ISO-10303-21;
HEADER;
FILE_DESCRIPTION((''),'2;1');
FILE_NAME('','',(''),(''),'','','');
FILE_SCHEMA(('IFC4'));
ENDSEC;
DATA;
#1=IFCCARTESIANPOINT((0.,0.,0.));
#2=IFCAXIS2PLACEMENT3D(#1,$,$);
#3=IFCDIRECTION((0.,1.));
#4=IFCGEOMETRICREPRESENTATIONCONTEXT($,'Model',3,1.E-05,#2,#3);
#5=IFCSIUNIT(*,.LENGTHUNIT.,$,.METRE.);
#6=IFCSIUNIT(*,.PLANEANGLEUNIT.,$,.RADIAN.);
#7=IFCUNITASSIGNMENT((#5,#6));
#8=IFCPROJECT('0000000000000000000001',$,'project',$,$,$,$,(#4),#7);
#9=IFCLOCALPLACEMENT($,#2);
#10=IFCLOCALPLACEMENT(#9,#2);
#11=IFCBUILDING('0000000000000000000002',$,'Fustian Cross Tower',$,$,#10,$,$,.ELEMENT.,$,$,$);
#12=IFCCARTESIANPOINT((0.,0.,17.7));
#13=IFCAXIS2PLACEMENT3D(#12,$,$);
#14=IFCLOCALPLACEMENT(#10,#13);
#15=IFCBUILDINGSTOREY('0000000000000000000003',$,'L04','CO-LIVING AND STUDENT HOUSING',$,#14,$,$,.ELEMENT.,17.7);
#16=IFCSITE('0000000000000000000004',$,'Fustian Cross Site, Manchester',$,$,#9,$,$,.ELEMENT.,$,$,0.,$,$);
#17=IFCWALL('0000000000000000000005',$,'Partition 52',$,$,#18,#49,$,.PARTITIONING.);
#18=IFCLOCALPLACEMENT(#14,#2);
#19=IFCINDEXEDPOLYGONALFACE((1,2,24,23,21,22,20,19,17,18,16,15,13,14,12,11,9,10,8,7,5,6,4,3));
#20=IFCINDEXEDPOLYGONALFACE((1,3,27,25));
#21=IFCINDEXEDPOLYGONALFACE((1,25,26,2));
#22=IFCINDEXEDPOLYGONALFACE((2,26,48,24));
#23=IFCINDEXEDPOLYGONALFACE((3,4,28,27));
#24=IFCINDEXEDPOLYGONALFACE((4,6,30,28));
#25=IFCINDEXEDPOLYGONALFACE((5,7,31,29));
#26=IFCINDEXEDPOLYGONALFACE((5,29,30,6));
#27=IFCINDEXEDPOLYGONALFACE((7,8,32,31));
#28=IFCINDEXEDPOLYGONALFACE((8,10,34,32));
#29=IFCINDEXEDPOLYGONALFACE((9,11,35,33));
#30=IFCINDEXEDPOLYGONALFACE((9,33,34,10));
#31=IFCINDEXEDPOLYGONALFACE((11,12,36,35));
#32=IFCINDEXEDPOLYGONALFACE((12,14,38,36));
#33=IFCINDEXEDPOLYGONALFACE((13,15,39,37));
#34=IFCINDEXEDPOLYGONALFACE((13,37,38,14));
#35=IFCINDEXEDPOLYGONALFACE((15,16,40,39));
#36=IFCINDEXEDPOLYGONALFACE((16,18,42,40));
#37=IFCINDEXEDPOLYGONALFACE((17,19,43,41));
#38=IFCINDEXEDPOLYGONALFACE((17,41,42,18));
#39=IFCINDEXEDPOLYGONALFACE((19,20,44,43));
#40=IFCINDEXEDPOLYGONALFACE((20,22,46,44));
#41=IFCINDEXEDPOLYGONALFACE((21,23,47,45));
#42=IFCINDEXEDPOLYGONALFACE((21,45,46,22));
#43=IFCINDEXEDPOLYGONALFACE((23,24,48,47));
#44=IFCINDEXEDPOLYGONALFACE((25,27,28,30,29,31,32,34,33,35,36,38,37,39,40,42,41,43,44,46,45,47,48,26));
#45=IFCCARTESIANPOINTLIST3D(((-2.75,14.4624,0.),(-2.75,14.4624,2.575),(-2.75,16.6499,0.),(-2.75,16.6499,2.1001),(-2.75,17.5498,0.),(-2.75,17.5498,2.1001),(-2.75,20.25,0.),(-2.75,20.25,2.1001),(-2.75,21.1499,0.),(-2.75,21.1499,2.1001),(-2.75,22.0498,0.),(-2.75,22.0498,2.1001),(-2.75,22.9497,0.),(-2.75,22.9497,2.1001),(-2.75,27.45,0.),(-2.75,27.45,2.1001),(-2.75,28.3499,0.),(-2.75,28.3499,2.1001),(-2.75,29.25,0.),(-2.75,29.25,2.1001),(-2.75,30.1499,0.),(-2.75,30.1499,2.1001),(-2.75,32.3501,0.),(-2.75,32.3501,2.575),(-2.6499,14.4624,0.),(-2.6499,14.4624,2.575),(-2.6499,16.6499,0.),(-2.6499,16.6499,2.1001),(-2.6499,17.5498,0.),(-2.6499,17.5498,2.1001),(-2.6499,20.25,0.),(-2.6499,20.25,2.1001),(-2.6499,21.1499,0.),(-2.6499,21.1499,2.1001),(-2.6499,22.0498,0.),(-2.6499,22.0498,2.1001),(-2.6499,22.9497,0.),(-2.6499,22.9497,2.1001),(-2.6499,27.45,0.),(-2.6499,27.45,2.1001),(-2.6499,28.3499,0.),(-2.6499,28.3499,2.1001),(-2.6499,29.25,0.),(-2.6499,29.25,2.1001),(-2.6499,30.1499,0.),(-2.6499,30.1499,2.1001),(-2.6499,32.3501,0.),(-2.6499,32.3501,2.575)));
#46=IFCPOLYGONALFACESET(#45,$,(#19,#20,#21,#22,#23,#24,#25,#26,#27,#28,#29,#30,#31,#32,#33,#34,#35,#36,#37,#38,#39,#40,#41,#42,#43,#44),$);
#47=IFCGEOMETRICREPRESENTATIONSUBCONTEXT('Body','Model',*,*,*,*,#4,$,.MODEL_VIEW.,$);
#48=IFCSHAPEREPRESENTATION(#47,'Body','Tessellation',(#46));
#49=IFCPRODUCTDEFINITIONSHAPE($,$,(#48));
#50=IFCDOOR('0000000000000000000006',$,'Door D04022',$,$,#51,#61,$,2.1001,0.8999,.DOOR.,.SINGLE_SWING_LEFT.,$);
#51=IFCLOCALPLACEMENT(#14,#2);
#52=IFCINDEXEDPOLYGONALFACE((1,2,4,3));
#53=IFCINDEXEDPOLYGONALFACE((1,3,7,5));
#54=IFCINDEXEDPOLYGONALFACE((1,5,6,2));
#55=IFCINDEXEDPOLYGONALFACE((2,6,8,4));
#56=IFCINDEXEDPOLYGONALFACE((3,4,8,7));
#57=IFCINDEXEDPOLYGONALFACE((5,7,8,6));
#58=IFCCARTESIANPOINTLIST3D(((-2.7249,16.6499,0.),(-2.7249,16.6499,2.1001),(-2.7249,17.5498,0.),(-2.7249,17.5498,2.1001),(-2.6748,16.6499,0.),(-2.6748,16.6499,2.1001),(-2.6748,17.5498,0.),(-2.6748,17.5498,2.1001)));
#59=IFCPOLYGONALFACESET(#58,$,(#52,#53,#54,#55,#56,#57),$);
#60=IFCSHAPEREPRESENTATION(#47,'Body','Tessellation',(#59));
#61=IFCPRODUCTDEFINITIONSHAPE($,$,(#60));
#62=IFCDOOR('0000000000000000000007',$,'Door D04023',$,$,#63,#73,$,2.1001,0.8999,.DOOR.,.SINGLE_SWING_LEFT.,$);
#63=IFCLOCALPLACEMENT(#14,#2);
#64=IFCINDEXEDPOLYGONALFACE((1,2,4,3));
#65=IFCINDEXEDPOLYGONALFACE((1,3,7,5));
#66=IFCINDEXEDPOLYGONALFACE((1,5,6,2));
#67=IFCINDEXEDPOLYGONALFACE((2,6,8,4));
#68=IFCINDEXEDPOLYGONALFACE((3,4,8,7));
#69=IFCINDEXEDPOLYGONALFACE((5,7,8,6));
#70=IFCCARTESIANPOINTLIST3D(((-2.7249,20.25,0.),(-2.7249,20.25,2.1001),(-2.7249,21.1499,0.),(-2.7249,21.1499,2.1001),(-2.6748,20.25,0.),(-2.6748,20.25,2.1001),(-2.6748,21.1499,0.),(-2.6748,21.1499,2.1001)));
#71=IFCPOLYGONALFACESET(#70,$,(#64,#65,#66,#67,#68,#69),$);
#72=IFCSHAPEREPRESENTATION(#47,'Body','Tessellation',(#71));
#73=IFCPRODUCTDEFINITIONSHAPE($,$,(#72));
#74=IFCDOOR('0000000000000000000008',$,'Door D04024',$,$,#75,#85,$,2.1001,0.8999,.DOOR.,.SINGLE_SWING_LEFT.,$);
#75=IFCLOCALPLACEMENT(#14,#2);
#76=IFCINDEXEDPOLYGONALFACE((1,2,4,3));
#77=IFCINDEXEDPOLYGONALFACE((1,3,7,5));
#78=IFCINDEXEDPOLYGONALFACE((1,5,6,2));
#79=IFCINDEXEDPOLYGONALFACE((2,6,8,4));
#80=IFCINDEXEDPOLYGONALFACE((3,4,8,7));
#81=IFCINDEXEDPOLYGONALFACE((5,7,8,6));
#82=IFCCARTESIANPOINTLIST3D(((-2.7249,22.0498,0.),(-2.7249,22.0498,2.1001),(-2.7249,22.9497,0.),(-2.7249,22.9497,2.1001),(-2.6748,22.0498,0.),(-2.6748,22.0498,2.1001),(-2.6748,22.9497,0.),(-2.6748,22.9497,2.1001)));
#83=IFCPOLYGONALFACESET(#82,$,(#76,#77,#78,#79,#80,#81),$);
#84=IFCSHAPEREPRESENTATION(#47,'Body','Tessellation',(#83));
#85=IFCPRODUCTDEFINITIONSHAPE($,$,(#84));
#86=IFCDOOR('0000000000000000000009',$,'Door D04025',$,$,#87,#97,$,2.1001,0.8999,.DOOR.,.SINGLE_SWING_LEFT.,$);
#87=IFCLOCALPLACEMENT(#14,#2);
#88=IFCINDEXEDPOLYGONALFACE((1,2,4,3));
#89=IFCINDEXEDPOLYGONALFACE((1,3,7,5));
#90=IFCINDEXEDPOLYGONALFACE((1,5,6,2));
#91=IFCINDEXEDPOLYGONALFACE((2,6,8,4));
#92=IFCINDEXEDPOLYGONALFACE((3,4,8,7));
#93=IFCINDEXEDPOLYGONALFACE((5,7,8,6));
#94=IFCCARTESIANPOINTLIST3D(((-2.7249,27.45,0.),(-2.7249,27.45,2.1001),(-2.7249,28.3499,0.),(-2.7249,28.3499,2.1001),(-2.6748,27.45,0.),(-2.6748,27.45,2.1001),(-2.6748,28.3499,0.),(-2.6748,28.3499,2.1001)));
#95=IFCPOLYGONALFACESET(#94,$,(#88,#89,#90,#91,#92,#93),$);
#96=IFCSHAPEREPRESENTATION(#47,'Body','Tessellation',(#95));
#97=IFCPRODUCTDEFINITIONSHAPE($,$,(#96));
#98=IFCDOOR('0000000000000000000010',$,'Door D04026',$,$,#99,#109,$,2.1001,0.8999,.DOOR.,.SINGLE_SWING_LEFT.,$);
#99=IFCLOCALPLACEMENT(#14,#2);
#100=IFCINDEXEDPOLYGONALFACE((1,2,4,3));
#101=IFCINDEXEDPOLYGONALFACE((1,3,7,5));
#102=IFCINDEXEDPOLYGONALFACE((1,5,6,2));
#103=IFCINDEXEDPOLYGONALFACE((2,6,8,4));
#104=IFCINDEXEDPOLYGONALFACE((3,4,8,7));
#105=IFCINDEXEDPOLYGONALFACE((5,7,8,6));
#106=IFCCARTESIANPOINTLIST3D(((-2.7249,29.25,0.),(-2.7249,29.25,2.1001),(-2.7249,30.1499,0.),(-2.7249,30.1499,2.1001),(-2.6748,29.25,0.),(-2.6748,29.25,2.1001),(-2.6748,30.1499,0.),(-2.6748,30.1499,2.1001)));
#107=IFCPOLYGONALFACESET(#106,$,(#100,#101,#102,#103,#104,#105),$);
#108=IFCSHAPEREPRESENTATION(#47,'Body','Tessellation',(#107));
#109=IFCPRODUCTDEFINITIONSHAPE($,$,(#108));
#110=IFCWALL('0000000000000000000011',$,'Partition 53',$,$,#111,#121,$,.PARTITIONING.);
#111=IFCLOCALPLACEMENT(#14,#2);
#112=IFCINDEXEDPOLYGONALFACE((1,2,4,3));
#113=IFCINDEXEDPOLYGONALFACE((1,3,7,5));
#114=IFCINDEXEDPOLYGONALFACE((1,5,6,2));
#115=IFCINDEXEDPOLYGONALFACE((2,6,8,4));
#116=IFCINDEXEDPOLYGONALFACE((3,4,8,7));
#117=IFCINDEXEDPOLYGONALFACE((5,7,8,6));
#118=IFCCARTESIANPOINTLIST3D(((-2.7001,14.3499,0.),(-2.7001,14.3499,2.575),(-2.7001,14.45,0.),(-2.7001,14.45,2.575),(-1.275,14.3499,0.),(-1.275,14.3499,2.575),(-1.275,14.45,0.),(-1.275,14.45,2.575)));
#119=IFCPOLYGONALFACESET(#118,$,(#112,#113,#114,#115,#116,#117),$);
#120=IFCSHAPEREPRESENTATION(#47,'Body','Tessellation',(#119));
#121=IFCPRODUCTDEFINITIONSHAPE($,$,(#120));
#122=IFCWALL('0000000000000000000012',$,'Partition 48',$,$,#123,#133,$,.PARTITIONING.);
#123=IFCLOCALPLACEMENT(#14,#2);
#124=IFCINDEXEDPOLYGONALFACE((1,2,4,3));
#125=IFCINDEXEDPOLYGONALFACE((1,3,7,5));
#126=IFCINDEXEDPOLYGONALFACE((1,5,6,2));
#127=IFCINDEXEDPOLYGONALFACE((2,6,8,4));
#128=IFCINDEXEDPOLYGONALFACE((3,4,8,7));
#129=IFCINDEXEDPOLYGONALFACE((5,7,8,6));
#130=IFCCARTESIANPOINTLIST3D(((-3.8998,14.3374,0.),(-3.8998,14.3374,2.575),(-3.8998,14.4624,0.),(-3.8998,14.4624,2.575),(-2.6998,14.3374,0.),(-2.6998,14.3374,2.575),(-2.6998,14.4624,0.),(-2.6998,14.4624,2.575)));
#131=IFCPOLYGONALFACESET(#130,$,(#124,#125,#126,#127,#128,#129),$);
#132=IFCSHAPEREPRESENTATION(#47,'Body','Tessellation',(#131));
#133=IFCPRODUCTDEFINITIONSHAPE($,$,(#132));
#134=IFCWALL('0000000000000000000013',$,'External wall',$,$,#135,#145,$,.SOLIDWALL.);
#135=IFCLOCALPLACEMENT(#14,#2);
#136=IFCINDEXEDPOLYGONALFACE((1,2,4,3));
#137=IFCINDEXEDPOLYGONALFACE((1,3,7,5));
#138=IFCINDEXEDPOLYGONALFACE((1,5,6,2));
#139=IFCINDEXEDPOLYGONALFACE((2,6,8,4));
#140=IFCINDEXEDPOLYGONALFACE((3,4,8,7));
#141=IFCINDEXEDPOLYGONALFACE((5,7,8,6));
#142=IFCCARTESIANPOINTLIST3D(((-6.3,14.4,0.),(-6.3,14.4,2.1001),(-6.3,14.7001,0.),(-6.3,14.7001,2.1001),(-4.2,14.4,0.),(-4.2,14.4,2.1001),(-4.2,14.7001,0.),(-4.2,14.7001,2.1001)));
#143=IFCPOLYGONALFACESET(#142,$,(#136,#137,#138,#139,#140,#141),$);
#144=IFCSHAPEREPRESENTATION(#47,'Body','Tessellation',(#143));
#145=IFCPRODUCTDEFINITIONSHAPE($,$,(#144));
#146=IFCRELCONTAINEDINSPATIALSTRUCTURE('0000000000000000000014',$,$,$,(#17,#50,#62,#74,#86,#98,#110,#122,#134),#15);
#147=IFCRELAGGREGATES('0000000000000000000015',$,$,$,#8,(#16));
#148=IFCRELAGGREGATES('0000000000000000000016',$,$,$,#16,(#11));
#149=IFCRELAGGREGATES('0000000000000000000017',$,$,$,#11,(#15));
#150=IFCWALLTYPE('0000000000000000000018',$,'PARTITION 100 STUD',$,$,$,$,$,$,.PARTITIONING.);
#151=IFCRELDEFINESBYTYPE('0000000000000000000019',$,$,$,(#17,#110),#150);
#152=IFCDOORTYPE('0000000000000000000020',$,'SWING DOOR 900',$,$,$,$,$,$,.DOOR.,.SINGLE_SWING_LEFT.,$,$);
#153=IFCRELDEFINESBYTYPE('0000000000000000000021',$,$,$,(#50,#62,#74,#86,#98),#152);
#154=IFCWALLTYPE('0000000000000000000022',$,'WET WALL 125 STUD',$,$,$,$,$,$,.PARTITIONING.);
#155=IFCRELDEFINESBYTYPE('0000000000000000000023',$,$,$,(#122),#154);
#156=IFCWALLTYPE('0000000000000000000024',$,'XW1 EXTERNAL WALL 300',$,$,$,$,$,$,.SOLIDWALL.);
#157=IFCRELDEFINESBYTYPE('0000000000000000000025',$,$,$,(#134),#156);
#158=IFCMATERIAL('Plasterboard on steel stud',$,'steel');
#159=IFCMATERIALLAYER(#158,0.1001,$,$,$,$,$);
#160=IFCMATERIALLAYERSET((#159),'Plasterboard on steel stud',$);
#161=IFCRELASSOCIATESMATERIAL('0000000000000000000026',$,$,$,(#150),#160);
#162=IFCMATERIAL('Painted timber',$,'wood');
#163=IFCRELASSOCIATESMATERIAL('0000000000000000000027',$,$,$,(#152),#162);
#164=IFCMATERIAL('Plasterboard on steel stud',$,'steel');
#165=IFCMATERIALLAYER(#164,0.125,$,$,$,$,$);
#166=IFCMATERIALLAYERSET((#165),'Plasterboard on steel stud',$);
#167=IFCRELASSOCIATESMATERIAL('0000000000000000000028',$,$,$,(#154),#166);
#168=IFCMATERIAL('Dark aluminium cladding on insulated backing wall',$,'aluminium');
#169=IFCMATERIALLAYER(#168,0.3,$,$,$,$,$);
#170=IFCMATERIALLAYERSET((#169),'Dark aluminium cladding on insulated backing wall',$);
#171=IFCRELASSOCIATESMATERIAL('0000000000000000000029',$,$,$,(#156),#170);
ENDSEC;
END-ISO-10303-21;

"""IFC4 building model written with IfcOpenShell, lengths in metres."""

from ifc_helpers import new_model, si_unit, direction, frame, frame_2d, origin, place, context, subcontext, project, spatial, rectangle, extrude, material, layer, layer_set, type_object, element, fill, save


model = new_model("IFC4")

# Units and contexts
model_context = context("Model", 3, precision=1e-05, world=origin(), true_north=direction((0.0, 1.0)))
body_context = subcontext(model_context, "Body", "Model", "MODEL_VIEW")
ifc_project = project(units=[si_unit("LENGTHUNIT", "METRE"), si_unit("PLANEANGLEUNIT", "RADIAN")], contexts=[model_context])

# Site, building, storey
site_placement = place(None, origin())
site = spatial("IfcSite", under=ifc_project, at=site_placement, Name="Fustian Cross Site, Manchester", CompositionType="ELEMENT", RefElevation=0.0)
building_placement = place(site_placement, origin())
building = spatial("IfcBuilding", under=site, at=building_placement, Name="Fustian Cross Tower", CompositionType="ELEMENT")
storey_placement = place(building_placement, frame((0.0, 0.0, 17.7)))
storey = spatial("IfcBuildingStorey", under=building, at=storey_placement, Name="L04", Description="CO-LIVING AND STUDENT HOUSING", CompositionType="ELEMENT", Elevation=17.7)

# Shared definitions
ifc_material_1 = material(Name="Plasterboard on steel stud", Category="steel")
ifc_layer_1 = layer(ifc_material_1, 0.1001)
ifc_layer_set_1 = layer_set([ifc_layer_1], Name="Plasterboard on steel stud")
wall_type_1 = type_object("IfcWallType", Name="PARTITION 100 STUD", PredefinedType="PARTITIONING", material=ifc_layer_set_1)

# Wall, openings, doors
wall_1_placement = place(storey_placement, frame((-2.7, 14.4624, 0.0), z_axis=(0.0, 0.0, 1.0), x_axis=(0.0, 1.0, 0.0)))
wall_1 = element("IfcWall", 1, at=wall_1_placement, inside=storey, type_object=wall_type_1, Name="Partition 52", PredefinedType="PARTITIONING", context=body_context, shape_type="SweptSolid", body=[
    extrude(rectangle(XDim=17.8877, YDim=0.1001, at=frame_2d((8.9438, 0.0))), origin(), (0.0, 0.0, 1.0), 2.575),
])
opening_1_placement = place(wall_1_placement, frame((2.1875, 0.0, 0.0)))
opening_1 = element("IfcOpeningElement", 2, at=opening_1_placement, cuts=wall_1, PredefinedType="OPENING", context=body_context, shape_type="SweptSolid", body=[
    extrude(rectangle(XDim=0.8999, YDim=2.1001, at=frame_2d((0.45, 1.05))), frame((0.0, 0.0601, 0.0), z_axis=(0.0, -1.0, 0.0), x_axis=(1.0, 0.0, 0.0)), (0.0, 0.0, 1.0), 0.1201),
])
opening_2_placement = place(wall_1_placement, frame((5.7876, 0.0, 0.0)))
opening_2 = element("IfcOpeningElement", 3, at=opening_2_placement, cuts=wall_1, PredefinedType="OPENING", context=body_context, shape_type="SweptSolid", body=[
    extrude(rectangle(XDim=0.8999, YDim=2.1001, at=frame_2d((0.45, 1.05))), frame((0.0, 0.0601, 0.0), z_axis=(0.0, -1.0, 0.0), x_axis=(1.0, 0.0, 0.0)), (0.0, 0.0, 1.0), 0.1201),
])
opening_3_placement = place(wall_1_placement, frame((7.5874, 0.0, 0.0)))
opening_3 = element("IfcOpeningElement", 4, at=opening_3_placement, cuts=wall_1, PredefinedType="OPENING", context=body_context, shape_type="SweptSolid", body=[
    extrude(rectangle(XDim=0.8999, YDim=2.1001, at=frame_2d((0.45, 1.05))), frame((0.0, 0.0601, 0.0), z_axis=(0.0, -1.0, 0.0), x_axis=(1.0, 0.0, 0.0)), (0.0, 0.0, 1.0), 0.1201),
])
opening_4_placement = place(wall_1_placement, frame((12.9875, 0.0, 0.0)))
opening_4 = element("IfcOpeningElement", 5, at=opening_4_placement, cuts=wall_1, PredefinedType="OPENING", context=body_context, shape_type="SweptSolid", body=[
    extrude(rectangle(XDim=0.8999, YDim=2.1001, at=frame_2d((0.45, 1.05))), frame((0.0, 0.0601, 0.0), z_axis=(0.0, -1.0, 0.0), x_axis=(1.0, 0.0, 0.0)), (0.0, 0.0, 1.0), 0.1201),
])
opening_5_placement = place(wall_1_placement, frame((14.7876, 0.0, 0.0)))
opening_5 = element("IfcOpeningElement", 6, at=opening_5_placement, cuts=wall_1, PredefinedType="OPENING", context=body_context, shape_type="SweptSolid", body=[
    extrude(rectangle(XDim=0.8999, YDim=2.1001, at=frame_2d((0.45, 1.05))), frame((0.0, 0.0601, 0.0), z_axis=(0.0, -1.0, 0.0), x_axis=(1.0, 0.0, 0.0)), (0.0, 0.0, 1.0), 0.1201),
])
ifc_material_2 = material(Name="Painted timber", Category="wood")
door_type_1 = type_object("IfcDoorType", Name="SWING DOOR 900", OperationType="SINGLE_SWING_LEFT", PredefinedType="DOOR", material=ifc_material_2)
door_1_placement = place(opening_1_placement, origin())
door_1 = element("IfcDoor", 7, at=door_1_placement, inside=storey, type_object=door_type_1, Name="Door D04022", OperationType="SINGLE_SWING_LEFT", OverallHeight=2.1001, OverallWidth=0.8999, PredefinedType="DOOR", context=body_context, shape_type="SweptSolid", body=[
    extrude(rectangle(XDim=0.8999, YDim=2.1001, at=frame_2d((0.45, 1.05))), frame((0.0, 0.0249, 0.0), z_axis=(0.0, -1.0, 0.0), x_axis=(1.0, 0.0, 0.0)), (0.0, 0.0, 1.0), 0.05),
])
fill(opening_1, door_1)
door_2_placement = place(opening_2_placement, origin())
door_2 = element("IfcDoor", 8, at=door_2_placement, inside=storey, type_object=door_type_1, Name="Door D04023", OperationType="SINGLE_SWING_LEFT", OverallHeight=2.1001, OverallWidth=0.8999, PredefinedType="DOOR", context=body_context, shape_type="SweptSolid", body=[
    extrude(rectangle(XDim=0.8999, YDim=2.1001, at=frame_2d((0.45, 1.05))), frame((0.0, 0.0249, 0.0), z_axis=(0.0, -1.0, 0.0), x_axis=(1.0, 0.0, 0.0)), (0.0, 0.0, 1.0), 0.05),
])
fill(opening_2, door_2)
door_3_placement = place(opening_3_placement, origin())
door_3 = element("IfcDoor", 9, at=door_3_placement, inside=storey, type_object=door_type_1, Name="Door D04024", OperationType="SINGLE_SWING_LEFT", OverallHeight=2.1001, OverallWidth=0.8999, PredefinedType="DOOR", context=body_context, shape_type="SweptSolid", body=[
    extrude(rectangle(XDim=0.8999, YDim=2.1001, at=frame_2d((0.45, 1.05))), frame((0.0, 0.0249, 0.0), z_axis=(0.0, -1.0, 0.0), x_axis=(1.0, 0.0, 0.0)), (0.0, 0.0, 1.0), 0.05),
])
fill(opening_3, door_3)
door_4_placement = place(opening_4_placement, origin())
door_4 = element("IfcDoor", 10, at=door_4_placement, inside=storey, type_object=door_type_1, Name="Door D04025", OperationType="SINGLE_SWING_LEFT", OverallHeight=2.1001, OverallWidth=0.8999, PredefinedType="DOOR", context=body_context, shape_type="SweptSolid", body=[
    extrude(rectangle(XDim=0.8999, YDim=2.1001, at=frame_2d((0.45, 1.05))), frame((0.0, 0.0249, 0.0), z_axis=(0.0, -1.0, 0.0), x_axis=(1.0, 0.0, 0.0)), (0.0, 0.0, 1.0), 0.05),
])
fill(opening_4, door_4)
door_5_placement = place(opening_5_placement, origin())
door_5 = element("IfcDoor", 11, at=door_5_placement, inside=storey, type_object=door_type_1, Name="Door D04026", OperationType="SINGLE_SWING_LEFT", OverallHeight=2.1001, OverallWidth=0.8999, PredefinedType="DOOR", context=body_context, shape_type="SweptSolid", body=[
    extrude(rectangle(XDim=0.8999, YDim=2.1001, at=frame_2d((0.45, 1.05))), frame((0.0, 0.0249, 0.0), z_axis=(0.0, -1.0, 0.0), x_axis=(1.0, 0.0, 0.0)), (0.0, 0.0, 1.0), 0.05),
])
fill(opening_5, door_5)

# Walls
wall_2_placement = place(storey_placement, frame((-2.7, 14.3999, 0.0), z_axis=(0.0, 0.0, 1.0), x_axis=(1.0, 0.0, 0.0)))
element("IfcWall", 12, at=wall_2_placement, inside=storey, type_object=wall_type_1, Name="Partition 53", PredefinedType="PARTITIONING", context=body_context, shape_type="SweptSolid", body=[
    extrude(rectangle(XDim=1.425, YDim=0.1001, at=frame_2d((0.7124, 0.0))), origin(), (0.0, 0.0, 1.0), 2.575),
])
ifc_material_3 = material(Name="Plasterboard on steel stud", Category="steel")
ifc_layer_2 = layer(ifc_material_3, 0.125)
ifc_layer_set_2 = layer_set([ifc_layer_2], Name="Plasterboard on steel stud")
wall_type_2 = type_object("IfcWallType", Name="WET WALL 125 STUD", PredefinedType="PARTITIONING", material=ifc_layer_set_2)
wall_3_placement = place(storey_placement, frame((-3.8999, 14.3999, 0.0), z_axis=(0.0, 0.0, 1.0), x_axis=(1.0, 0.0, 0.0)))
element("IfcWall", 13, at=wall_3_placement, inside=storey, type_object=wall_type_2, Name="Partition 48", PredefinedType="PARTITIONING", context=body_context, shape_type="SweptSolid", body=[
    extrude(rectangle(XDim=1.2, YDim=0.125, at=frame_2d((0.6001, 0.0))), origin(), (0.0, 0.0, 1.0), 2.575),
])
ifc_material_4 = material(Name="Dark aluminium cladding on insulated backing wall", Category="aluminium")
ifc_layer_3 = layer(ifc_material_4, 0.3)
ifc_layer_set_3 = layer_set([ifc_layer_3], Name="Dark aluminium cladding on insulated backing wall")
wall_type_3 = type_object("IfcWallType", Name="XW1 EXTERNAL WALL 300", PredefinedType="SOLIDWALL", material=ifc_layer_set_3)
wall_4_placement = place(storey_placement, frame((-6.3, 14.55, 0.0), z_axis=(0.0, 0.0, 1.0), x_axis=(1.0, 0.0, 0.0)))
element("IfcWall", 14, at=wall_4_placement, inside=storey, type_object=wall_type_3, Name="External wall", PredefinedType="SOLIDWALL", context=body_context, shape_type="SweptSolid", body=[
    extrude(rectangle(XDim=2.1001, YDim=0.3, at=frame_2d((1.05, 0.0))), origin(), (0.0, 0.0, 1.0), 2.1001),
])

save(model, "model.ifc")
